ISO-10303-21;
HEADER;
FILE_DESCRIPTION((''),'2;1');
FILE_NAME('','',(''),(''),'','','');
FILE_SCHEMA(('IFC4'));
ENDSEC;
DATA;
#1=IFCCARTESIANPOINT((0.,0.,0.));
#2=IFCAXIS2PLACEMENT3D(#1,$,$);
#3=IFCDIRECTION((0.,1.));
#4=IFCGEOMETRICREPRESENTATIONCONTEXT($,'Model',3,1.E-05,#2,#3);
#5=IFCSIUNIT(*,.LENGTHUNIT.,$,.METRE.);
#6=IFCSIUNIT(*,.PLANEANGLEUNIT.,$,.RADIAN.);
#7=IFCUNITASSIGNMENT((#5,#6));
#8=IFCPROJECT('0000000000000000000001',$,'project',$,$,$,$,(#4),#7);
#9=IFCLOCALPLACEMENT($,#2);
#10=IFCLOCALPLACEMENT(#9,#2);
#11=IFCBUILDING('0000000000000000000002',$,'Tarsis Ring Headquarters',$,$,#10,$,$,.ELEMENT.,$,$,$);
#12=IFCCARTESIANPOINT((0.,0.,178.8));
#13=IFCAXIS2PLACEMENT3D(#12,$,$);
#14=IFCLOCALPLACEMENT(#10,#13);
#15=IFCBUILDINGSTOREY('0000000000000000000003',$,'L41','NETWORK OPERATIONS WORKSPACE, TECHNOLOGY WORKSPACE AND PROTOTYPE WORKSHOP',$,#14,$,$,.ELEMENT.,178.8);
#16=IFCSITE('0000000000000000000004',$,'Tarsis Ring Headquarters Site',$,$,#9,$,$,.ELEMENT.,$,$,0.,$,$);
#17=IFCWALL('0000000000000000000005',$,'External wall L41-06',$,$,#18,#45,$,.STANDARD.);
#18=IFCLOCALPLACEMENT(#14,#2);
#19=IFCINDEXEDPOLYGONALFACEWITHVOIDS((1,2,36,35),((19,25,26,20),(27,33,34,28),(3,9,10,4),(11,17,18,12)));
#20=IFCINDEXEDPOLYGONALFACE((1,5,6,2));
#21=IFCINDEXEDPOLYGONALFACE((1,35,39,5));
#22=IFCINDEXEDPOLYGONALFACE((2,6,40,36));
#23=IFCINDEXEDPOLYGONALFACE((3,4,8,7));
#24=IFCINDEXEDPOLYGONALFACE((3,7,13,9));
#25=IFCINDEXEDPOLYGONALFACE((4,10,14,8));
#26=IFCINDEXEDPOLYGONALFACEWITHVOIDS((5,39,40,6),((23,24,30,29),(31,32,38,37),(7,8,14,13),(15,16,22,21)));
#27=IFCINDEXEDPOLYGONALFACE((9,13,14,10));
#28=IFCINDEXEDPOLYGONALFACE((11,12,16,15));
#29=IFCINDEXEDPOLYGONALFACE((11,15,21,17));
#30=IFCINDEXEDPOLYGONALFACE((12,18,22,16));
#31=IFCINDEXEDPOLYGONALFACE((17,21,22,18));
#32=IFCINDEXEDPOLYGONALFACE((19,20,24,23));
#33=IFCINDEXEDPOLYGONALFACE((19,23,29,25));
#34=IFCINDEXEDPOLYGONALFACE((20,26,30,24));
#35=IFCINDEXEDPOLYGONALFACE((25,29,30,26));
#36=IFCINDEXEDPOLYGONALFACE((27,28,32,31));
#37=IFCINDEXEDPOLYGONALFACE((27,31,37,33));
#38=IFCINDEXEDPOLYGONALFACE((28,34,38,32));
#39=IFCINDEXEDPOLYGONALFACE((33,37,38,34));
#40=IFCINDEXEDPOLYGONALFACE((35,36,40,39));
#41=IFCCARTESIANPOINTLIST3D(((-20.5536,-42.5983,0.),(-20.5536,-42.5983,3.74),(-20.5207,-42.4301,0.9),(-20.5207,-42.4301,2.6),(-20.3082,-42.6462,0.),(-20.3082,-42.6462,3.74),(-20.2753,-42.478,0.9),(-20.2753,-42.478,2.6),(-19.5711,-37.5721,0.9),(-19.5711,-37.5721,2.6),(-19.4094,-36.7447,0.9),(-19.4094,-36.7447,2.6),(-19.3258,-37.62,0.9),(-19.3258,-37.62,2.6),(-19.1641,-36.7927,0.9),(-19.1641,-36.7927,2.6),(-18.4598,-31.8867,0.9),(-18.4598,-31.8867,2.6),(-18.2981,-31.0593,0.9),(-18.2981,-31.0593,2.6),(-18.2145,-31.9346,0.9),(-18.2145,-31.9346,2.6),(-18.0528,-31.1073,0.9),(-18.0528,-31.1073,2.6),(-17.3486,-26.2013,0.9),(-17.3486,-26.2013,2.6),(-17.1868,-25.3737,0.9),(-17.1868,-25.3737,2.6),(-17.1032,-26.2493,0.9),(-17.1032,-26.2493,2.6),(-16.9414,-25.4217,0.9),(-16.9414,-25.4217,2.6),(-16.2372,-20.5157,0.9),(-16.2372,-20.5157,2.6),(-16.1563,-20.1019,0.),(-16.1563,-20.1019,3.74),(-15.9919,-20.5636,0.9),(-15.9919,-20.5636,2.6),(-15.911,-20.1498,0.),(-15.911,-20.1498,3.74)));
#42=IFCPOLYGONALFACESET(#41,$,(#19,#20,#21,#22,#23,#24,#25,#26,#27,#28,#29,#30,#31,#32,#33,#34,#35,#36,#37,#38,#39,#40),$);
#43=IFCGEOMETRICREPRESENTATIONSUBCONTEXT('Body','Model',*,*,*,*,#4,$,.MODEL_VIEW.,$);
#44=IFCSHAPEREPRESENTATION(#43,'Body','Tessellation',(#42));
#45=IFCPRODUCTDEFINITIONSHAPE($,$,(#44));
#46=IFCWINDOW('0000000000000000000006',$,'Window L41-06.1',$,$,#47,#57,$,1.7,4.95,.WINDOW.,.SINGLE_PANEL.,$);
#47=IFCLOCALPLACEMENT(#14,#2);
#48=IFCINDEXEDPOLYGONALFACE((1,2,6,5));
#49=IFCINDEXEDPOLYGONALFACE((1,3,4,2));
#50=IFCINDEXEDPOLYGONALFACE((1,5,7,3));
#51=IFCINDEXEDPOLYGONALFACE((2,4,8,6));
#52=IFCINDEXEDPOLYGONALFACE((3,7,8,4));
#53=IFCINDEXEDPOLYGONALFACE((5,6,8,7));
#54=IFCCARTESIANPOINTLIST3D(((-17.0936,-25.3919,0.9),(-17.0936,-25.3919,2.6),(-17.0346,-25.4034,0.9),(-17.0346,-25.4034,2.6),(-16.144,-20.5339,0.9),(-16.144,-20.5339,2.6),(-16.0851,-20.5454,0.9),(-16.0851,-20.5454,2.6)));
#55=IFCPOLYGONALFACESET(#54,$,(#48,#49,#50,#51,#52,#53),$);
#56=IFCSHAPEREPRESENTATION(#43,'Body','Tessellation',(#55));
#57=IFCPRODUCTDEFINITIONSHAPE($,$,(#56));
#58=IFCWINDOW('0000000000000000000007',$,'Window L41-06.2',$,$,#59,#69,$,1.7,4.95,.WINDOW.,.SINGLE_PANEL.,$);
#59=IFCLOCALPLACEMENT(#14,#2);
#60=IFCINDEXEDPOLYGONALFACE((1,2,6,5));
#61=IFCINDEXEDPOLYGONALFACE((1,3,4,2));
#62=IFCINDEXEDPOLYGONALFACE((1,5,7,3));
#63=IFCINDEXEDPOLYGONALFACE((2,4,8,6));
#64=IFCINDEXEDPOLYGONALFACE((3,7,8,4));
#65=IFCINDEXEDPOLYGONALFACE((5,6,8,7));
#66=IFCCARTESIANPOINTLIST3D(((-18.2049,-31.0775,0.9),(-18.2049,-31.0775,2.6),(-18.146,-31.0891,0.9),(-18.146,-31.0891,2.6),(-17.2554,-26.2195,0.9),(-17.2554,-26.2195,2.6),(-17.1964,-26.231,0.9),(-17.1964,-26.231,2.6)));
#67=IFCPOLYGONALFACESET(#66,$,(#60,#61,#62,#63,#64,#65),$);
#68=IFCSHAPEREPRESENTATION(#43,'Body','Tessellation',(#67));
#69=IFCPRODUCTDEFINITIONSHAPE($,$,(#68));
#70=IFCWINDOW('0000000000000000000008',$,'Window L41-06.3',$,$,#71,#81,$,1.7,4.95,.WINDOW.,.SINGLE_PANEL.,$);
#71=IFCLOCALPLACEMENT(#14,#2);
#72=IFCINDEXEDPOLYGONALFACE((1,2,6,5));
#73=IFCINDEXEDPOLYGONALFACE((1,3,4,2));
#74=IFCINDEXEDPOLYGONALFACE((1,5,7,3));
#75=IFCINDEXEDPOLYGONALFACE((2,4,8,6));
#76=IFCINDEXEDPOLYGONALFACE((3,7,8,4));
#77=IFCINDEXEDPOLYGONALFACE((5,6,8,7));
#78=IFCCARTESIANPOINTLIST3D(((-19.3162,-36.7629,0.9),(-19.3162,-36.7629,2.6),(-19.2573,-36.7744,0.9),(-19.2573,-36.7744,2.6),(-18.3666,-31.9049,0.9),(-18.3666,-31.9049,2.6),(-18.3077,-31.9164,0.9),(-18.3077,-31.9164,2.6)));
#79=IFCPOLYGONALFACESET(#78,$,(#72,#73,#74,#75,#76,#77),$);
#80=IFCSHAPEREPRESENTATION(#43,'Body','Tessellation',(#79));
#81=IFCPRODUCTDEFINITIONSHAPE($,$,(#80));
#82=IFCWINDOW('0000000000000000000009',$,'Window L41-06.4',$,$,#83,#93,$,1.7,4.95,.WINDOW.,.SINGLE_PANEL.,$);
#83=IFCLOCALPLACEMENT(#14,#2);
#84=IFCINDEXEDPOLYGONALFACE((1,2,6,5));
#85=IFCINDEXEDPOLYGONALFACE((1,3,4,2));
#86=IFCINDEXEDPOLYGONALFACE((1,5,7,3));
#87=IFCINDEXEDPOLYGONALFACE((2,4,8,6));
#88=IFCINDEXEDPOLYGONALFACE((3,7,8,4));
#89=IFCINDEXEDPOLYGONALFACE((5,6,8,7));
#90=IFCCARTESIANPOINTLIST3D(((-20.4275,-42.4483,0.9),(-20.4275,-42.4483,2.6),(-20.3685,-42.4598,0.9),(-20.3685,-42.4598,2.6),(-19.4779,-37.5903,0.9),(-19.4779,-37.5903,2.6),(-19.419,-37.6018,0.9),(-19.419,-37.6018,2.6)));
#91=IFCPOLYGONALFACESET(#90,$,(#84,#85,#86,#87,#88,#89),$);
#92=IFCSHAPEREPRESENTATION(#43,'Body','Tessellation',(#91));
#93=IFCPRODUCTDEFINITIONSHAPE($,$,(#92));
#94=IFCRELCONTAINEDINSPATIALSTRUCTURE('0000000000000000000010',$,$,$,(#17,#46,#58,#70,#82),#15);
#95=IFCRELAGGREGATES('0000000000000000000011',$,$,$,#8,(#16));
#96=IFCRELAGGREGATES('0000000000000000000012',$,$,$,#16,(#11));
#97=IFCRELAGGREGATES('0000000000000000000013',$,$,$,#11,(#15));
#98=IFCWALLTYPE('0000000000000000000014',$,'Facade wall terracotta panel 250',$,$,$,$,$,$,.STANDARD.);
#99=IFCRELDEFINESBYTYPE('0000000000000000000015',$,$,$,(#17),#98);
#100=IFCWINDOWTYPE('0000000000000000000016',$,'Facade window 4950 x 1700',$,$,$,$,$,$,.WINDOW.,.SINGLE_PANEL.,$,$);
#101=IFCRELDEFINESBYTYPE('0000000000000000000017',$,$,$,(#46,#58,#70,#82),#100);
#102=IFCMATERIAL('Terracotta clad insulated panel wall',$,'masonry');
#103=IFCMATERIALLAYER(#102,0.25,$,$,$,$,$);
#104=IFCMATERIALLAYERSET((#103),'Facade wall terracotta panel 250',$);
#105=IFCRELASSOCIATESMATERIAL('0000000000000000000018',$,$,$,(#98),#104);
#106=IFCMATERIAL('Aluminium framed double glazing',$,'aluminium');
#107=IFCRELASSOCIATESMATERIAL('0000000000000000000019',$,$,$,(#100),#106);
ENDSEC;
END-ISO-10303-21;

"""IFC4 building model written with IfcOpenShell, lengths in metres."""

from ifc_helpers import new_model, si_unit, direction, frame, frame_2d, origin, place, context, subcontext, project, spatial, rectangle, extrude, material, layer, layer_set, type_object, element, fill, save


model = new_model("IFC4")

# Units and contexts
model_context = context("Model", 3, precision=1e-05, world=origin(), true_north=direction((0.0, 1.0)))
body_context = subcontext(model_context, "Body", "Model", "MODEL_VIEW")
ifc_project = project(units=[si_unit("LENGTHUNIT", "METRE"), si_unit("PLANEANGLEUNIT", "RADIAN")], contexts=[model_context])

# Site, building, storey
site_placement = place(None, origin())
site = spatial("IfcSite", under=ifc_project, at=site_placement, Name="Tarsis Ring Headquarters Site", CompositionType="ELEMENT", RefElevation=0.0)
building_placement = place(site_placement, origin())
building = spatial("IfcBuilding", under=site, at=building_placement, Name="Tarsis Ring Headquarters", CompositionType="ELEMENT")
storey_placement = place(building_placement, frame((0.0, 0.0, 178.8)))
storey = spatial("IfcBuildingStorey", under=building, at=storey_placement, Name="L41", Description="NETWORK OPERATIONS WORKSPACE, TECHNOLOGY WORKSPACE AND PROTOTYPE WORKSHOP", CompositionType="ELEMENT", Elevation=178.8)

# Wall, openings, windows
ifc_material_1 = material(Name="Terracotta clad insulated panel wall", Category="masonry")
ifc_layer_1 = layer(ifc_material_1, 0.25)
ifc_layer_set_1 = layer_set([ifc_layer_1], Name="Facade wall terracotta panel 250")
wall_type_1 = type_object("IfcWallType", Name="Facade wall terracotta panel 250", PredefinedType="STANDARD", material=ifc_layer_set_1)
wall_1_placement = place(storey_placement, frame((-16.0337, -20.126, 0.0), z_axis=(0.0, 0.0, 1.0), x_axis=(-0.191833, -0.981428, 0.0)))
wall_1 = element("IfcWall", 1, at=wall_1_placement, inside=storey, type_object=wall_type_1, Name="External wall L41-06", PredefinedType="STANDARD", context=body_context, shape_type="SweptSolid", body=[
    extrude(rectangle(XDim=22.9221, YDim=0.25, at=frame_2d((11.4609, 0.0))), origin(), (0.0, 0.0, 1.0), 3.74),
])
opening_1_placement = place(wall_1_placement, frame((0.4214, 0.0, 0.8999)))
opening_1 = element("IfcOpeningElement", 2, at=opening_1_placement, cuts=wall_1, PredefinedType="OPENING", context=body_context, shape_type="SweptSolid", body=[
    extrude(rectangle(XDim=4.95, YDim=1.7, at=frame_2d((2.4751, 0.8501))), frame((0.0, 0.135, 0.0), z_axis=(0.0, -1.0, 0.0), x_axis=(1.0, 0.0, 0.0)), (0.0, 0.0, 1.0), 0.27),
])
opening_2_placement = place(wall_1_placement, frame((6.2146, 0.0, 0.8999)))
opening_2 = element("IfcOpeningElement", 3, at=opening_2_placement, cuts=wall_1, PredefinedType="OPENING", context=body_context, shape_type="SweptSolid", body=[
    extrude(rectangle(XDim=4.95, YDim=1.7, at=frame_2d((2.4751, 0.8501))), frame((0.0, 0.135, 0.0), z_axis=(0.0, -1.0, 0.0), x_axis=(1.0, 0.0, 0.0)), (0.0, 0.0, 1.0), 0.27),
])
opening_3_placement = place(wall_1_placement, frame((12.0076, 0.0, 0.8999)))
opening_3 = element("IfcOpeningElement", 4, at=opening_3_placement, cuts=wall_1, PredefinedType="OPENING", context=body_context, shape_type="SweptSolid", body=[
    extrude(rectangle(XDim=4.95, YDim=1.7, at=frame_2d((2.4751, 0.8501))), frame((0.0, 0.135, 0.0), z_axis=(0.0, -1.0, 0.0), x_axis=(1.0, 0.0, 0.0)), (0.0, 0.0, 1.0), 0.27),
])
opening_4_placement = place(wall_1_placement, frame((17.8005, 0.0, 0.8999)))
opening_4 = element("IfcOpeningElement", 5, at=opening_4_placement, cuts=wall_1, PredefinedType="OPENING", context=body_context, shape_type="SweptSolid", body=[
    extrude(rectangle(XDim=4.95, YDim=1.7, at=frame_2d((2.4751, 0.8501))), frame((0.0, 0.135, 0.0), z_axis=(0.0, -1.0, 0.0), x_axis=(1.0, 0.0, 0.0)), (0.0, 0.0, 1.0), 0.27),
])
ifc_material_2 = material(Name="Aluminium framed double glazing", Category="aluminium")
window_type = type_object("IfcWindowType", Name="Facade window 4950 x 1700", PartitioningType="SINGLE_PANEL", PredefinedType="WINDOW", material=ifc_material_2)
window_1_placement = place(opening_1_placement, origin())
window_1 = element("IfcWindow", 6, at=window_1_placement, inside=storey, type_object=window_type, Name="Window L41-06.1", OverallHeight=1.7, OverallWidth=4.95, PartitioningType="SINGLE_PANEL", PredefinedType="WINDOW", context=body_context, shape_type="SweptSolid", body=[
    extrude(rectangle(XDim=4.95, YDim=1.7, at=frame_2d((2.4751, 0.8501))), frame((0.0, 0.03, 0.0), z_axis=(0.0, -1.0, 0.0), x_axis=(1.0, 0.0, 0.0)), (0.0, 0.0, 1.0), 0.0601),
])
fill(opening_1, window_1)
window_2_placement = place(opening_2_placement, origin())
window_2 = element("IfcWindow", 7, at=window_2_placement, inside=storey, type_object=window_type, Name="Window L41-06.2", OverallHeight=1.7, OverallWidth=4.95, PartitioningType="SINGLE_PANEL", PredefinedType="WINDOW", context=body_context, shape_type="SweptSolid", body=[
    extrude(rectangle(XDim=4.95, YDim=1.7, at=frame_2d((2.4751, 0.8501))), frame((0.0, 0.03, 0.0), z_axis=(0.0, -1.0, 0.0), x_axis=(1.0, 0.0, 0.0)), (0.0, 0.0, 1.0), 0.0601),
])
fill(opening_2, window_2)
window_3_placement = place(opening_3_placement, origin())
window_3 = element("IfcWindow", 8, at=window_3_placement, inside=storey, type_object=window_type, Name="Window L41-06.3", OverallHeight=1.7, OverallWidth=4.95, PartitioningType="SINGLE_PANEL", PredefinedType="WINDOW", context=body_context, shape_type="SweptSolid", body=[
    extrude(rectangle(XDim=4.95, YDim=1.7, at=frame_2d((2.4751, 0.8501))), frame((0.0, 0.03, 0.0), z_axis=(0.0, -1.0, 0.0), x_axis=(1.0, 0.0, 0.0)), (0.0, 0.0, 1.0), 0.0601),
])
fill(opening_3, window_3)
window_4_placement = place(opening_4_placement, origin())
window_4 = element("IfcWindow", 9, at=window_4_placement, inside=storey, type_object=window_type, Name="Window L41-06.4", OverallHeight=1.7, OverallWidth=4.95, PartitioningType="SINGLE_PANEL", PredefinedType="WINDOW", context=body_context, shape_type="SweptSolid", body=[
    extrude(rectangle(XDim=4.95, YDim=1.7, at=frame_2d((2.4751, 0.8501))), frame((0.0, 0.03, 0.0), z_axis=(0.0, -1.0, 0.0), x_axis=(1.0, 0.0, 0.0)), (0.0, 0.0, 1.0), 0.0601),
])
fill(opening_4, window_4)

save(model, "model.ifc")
